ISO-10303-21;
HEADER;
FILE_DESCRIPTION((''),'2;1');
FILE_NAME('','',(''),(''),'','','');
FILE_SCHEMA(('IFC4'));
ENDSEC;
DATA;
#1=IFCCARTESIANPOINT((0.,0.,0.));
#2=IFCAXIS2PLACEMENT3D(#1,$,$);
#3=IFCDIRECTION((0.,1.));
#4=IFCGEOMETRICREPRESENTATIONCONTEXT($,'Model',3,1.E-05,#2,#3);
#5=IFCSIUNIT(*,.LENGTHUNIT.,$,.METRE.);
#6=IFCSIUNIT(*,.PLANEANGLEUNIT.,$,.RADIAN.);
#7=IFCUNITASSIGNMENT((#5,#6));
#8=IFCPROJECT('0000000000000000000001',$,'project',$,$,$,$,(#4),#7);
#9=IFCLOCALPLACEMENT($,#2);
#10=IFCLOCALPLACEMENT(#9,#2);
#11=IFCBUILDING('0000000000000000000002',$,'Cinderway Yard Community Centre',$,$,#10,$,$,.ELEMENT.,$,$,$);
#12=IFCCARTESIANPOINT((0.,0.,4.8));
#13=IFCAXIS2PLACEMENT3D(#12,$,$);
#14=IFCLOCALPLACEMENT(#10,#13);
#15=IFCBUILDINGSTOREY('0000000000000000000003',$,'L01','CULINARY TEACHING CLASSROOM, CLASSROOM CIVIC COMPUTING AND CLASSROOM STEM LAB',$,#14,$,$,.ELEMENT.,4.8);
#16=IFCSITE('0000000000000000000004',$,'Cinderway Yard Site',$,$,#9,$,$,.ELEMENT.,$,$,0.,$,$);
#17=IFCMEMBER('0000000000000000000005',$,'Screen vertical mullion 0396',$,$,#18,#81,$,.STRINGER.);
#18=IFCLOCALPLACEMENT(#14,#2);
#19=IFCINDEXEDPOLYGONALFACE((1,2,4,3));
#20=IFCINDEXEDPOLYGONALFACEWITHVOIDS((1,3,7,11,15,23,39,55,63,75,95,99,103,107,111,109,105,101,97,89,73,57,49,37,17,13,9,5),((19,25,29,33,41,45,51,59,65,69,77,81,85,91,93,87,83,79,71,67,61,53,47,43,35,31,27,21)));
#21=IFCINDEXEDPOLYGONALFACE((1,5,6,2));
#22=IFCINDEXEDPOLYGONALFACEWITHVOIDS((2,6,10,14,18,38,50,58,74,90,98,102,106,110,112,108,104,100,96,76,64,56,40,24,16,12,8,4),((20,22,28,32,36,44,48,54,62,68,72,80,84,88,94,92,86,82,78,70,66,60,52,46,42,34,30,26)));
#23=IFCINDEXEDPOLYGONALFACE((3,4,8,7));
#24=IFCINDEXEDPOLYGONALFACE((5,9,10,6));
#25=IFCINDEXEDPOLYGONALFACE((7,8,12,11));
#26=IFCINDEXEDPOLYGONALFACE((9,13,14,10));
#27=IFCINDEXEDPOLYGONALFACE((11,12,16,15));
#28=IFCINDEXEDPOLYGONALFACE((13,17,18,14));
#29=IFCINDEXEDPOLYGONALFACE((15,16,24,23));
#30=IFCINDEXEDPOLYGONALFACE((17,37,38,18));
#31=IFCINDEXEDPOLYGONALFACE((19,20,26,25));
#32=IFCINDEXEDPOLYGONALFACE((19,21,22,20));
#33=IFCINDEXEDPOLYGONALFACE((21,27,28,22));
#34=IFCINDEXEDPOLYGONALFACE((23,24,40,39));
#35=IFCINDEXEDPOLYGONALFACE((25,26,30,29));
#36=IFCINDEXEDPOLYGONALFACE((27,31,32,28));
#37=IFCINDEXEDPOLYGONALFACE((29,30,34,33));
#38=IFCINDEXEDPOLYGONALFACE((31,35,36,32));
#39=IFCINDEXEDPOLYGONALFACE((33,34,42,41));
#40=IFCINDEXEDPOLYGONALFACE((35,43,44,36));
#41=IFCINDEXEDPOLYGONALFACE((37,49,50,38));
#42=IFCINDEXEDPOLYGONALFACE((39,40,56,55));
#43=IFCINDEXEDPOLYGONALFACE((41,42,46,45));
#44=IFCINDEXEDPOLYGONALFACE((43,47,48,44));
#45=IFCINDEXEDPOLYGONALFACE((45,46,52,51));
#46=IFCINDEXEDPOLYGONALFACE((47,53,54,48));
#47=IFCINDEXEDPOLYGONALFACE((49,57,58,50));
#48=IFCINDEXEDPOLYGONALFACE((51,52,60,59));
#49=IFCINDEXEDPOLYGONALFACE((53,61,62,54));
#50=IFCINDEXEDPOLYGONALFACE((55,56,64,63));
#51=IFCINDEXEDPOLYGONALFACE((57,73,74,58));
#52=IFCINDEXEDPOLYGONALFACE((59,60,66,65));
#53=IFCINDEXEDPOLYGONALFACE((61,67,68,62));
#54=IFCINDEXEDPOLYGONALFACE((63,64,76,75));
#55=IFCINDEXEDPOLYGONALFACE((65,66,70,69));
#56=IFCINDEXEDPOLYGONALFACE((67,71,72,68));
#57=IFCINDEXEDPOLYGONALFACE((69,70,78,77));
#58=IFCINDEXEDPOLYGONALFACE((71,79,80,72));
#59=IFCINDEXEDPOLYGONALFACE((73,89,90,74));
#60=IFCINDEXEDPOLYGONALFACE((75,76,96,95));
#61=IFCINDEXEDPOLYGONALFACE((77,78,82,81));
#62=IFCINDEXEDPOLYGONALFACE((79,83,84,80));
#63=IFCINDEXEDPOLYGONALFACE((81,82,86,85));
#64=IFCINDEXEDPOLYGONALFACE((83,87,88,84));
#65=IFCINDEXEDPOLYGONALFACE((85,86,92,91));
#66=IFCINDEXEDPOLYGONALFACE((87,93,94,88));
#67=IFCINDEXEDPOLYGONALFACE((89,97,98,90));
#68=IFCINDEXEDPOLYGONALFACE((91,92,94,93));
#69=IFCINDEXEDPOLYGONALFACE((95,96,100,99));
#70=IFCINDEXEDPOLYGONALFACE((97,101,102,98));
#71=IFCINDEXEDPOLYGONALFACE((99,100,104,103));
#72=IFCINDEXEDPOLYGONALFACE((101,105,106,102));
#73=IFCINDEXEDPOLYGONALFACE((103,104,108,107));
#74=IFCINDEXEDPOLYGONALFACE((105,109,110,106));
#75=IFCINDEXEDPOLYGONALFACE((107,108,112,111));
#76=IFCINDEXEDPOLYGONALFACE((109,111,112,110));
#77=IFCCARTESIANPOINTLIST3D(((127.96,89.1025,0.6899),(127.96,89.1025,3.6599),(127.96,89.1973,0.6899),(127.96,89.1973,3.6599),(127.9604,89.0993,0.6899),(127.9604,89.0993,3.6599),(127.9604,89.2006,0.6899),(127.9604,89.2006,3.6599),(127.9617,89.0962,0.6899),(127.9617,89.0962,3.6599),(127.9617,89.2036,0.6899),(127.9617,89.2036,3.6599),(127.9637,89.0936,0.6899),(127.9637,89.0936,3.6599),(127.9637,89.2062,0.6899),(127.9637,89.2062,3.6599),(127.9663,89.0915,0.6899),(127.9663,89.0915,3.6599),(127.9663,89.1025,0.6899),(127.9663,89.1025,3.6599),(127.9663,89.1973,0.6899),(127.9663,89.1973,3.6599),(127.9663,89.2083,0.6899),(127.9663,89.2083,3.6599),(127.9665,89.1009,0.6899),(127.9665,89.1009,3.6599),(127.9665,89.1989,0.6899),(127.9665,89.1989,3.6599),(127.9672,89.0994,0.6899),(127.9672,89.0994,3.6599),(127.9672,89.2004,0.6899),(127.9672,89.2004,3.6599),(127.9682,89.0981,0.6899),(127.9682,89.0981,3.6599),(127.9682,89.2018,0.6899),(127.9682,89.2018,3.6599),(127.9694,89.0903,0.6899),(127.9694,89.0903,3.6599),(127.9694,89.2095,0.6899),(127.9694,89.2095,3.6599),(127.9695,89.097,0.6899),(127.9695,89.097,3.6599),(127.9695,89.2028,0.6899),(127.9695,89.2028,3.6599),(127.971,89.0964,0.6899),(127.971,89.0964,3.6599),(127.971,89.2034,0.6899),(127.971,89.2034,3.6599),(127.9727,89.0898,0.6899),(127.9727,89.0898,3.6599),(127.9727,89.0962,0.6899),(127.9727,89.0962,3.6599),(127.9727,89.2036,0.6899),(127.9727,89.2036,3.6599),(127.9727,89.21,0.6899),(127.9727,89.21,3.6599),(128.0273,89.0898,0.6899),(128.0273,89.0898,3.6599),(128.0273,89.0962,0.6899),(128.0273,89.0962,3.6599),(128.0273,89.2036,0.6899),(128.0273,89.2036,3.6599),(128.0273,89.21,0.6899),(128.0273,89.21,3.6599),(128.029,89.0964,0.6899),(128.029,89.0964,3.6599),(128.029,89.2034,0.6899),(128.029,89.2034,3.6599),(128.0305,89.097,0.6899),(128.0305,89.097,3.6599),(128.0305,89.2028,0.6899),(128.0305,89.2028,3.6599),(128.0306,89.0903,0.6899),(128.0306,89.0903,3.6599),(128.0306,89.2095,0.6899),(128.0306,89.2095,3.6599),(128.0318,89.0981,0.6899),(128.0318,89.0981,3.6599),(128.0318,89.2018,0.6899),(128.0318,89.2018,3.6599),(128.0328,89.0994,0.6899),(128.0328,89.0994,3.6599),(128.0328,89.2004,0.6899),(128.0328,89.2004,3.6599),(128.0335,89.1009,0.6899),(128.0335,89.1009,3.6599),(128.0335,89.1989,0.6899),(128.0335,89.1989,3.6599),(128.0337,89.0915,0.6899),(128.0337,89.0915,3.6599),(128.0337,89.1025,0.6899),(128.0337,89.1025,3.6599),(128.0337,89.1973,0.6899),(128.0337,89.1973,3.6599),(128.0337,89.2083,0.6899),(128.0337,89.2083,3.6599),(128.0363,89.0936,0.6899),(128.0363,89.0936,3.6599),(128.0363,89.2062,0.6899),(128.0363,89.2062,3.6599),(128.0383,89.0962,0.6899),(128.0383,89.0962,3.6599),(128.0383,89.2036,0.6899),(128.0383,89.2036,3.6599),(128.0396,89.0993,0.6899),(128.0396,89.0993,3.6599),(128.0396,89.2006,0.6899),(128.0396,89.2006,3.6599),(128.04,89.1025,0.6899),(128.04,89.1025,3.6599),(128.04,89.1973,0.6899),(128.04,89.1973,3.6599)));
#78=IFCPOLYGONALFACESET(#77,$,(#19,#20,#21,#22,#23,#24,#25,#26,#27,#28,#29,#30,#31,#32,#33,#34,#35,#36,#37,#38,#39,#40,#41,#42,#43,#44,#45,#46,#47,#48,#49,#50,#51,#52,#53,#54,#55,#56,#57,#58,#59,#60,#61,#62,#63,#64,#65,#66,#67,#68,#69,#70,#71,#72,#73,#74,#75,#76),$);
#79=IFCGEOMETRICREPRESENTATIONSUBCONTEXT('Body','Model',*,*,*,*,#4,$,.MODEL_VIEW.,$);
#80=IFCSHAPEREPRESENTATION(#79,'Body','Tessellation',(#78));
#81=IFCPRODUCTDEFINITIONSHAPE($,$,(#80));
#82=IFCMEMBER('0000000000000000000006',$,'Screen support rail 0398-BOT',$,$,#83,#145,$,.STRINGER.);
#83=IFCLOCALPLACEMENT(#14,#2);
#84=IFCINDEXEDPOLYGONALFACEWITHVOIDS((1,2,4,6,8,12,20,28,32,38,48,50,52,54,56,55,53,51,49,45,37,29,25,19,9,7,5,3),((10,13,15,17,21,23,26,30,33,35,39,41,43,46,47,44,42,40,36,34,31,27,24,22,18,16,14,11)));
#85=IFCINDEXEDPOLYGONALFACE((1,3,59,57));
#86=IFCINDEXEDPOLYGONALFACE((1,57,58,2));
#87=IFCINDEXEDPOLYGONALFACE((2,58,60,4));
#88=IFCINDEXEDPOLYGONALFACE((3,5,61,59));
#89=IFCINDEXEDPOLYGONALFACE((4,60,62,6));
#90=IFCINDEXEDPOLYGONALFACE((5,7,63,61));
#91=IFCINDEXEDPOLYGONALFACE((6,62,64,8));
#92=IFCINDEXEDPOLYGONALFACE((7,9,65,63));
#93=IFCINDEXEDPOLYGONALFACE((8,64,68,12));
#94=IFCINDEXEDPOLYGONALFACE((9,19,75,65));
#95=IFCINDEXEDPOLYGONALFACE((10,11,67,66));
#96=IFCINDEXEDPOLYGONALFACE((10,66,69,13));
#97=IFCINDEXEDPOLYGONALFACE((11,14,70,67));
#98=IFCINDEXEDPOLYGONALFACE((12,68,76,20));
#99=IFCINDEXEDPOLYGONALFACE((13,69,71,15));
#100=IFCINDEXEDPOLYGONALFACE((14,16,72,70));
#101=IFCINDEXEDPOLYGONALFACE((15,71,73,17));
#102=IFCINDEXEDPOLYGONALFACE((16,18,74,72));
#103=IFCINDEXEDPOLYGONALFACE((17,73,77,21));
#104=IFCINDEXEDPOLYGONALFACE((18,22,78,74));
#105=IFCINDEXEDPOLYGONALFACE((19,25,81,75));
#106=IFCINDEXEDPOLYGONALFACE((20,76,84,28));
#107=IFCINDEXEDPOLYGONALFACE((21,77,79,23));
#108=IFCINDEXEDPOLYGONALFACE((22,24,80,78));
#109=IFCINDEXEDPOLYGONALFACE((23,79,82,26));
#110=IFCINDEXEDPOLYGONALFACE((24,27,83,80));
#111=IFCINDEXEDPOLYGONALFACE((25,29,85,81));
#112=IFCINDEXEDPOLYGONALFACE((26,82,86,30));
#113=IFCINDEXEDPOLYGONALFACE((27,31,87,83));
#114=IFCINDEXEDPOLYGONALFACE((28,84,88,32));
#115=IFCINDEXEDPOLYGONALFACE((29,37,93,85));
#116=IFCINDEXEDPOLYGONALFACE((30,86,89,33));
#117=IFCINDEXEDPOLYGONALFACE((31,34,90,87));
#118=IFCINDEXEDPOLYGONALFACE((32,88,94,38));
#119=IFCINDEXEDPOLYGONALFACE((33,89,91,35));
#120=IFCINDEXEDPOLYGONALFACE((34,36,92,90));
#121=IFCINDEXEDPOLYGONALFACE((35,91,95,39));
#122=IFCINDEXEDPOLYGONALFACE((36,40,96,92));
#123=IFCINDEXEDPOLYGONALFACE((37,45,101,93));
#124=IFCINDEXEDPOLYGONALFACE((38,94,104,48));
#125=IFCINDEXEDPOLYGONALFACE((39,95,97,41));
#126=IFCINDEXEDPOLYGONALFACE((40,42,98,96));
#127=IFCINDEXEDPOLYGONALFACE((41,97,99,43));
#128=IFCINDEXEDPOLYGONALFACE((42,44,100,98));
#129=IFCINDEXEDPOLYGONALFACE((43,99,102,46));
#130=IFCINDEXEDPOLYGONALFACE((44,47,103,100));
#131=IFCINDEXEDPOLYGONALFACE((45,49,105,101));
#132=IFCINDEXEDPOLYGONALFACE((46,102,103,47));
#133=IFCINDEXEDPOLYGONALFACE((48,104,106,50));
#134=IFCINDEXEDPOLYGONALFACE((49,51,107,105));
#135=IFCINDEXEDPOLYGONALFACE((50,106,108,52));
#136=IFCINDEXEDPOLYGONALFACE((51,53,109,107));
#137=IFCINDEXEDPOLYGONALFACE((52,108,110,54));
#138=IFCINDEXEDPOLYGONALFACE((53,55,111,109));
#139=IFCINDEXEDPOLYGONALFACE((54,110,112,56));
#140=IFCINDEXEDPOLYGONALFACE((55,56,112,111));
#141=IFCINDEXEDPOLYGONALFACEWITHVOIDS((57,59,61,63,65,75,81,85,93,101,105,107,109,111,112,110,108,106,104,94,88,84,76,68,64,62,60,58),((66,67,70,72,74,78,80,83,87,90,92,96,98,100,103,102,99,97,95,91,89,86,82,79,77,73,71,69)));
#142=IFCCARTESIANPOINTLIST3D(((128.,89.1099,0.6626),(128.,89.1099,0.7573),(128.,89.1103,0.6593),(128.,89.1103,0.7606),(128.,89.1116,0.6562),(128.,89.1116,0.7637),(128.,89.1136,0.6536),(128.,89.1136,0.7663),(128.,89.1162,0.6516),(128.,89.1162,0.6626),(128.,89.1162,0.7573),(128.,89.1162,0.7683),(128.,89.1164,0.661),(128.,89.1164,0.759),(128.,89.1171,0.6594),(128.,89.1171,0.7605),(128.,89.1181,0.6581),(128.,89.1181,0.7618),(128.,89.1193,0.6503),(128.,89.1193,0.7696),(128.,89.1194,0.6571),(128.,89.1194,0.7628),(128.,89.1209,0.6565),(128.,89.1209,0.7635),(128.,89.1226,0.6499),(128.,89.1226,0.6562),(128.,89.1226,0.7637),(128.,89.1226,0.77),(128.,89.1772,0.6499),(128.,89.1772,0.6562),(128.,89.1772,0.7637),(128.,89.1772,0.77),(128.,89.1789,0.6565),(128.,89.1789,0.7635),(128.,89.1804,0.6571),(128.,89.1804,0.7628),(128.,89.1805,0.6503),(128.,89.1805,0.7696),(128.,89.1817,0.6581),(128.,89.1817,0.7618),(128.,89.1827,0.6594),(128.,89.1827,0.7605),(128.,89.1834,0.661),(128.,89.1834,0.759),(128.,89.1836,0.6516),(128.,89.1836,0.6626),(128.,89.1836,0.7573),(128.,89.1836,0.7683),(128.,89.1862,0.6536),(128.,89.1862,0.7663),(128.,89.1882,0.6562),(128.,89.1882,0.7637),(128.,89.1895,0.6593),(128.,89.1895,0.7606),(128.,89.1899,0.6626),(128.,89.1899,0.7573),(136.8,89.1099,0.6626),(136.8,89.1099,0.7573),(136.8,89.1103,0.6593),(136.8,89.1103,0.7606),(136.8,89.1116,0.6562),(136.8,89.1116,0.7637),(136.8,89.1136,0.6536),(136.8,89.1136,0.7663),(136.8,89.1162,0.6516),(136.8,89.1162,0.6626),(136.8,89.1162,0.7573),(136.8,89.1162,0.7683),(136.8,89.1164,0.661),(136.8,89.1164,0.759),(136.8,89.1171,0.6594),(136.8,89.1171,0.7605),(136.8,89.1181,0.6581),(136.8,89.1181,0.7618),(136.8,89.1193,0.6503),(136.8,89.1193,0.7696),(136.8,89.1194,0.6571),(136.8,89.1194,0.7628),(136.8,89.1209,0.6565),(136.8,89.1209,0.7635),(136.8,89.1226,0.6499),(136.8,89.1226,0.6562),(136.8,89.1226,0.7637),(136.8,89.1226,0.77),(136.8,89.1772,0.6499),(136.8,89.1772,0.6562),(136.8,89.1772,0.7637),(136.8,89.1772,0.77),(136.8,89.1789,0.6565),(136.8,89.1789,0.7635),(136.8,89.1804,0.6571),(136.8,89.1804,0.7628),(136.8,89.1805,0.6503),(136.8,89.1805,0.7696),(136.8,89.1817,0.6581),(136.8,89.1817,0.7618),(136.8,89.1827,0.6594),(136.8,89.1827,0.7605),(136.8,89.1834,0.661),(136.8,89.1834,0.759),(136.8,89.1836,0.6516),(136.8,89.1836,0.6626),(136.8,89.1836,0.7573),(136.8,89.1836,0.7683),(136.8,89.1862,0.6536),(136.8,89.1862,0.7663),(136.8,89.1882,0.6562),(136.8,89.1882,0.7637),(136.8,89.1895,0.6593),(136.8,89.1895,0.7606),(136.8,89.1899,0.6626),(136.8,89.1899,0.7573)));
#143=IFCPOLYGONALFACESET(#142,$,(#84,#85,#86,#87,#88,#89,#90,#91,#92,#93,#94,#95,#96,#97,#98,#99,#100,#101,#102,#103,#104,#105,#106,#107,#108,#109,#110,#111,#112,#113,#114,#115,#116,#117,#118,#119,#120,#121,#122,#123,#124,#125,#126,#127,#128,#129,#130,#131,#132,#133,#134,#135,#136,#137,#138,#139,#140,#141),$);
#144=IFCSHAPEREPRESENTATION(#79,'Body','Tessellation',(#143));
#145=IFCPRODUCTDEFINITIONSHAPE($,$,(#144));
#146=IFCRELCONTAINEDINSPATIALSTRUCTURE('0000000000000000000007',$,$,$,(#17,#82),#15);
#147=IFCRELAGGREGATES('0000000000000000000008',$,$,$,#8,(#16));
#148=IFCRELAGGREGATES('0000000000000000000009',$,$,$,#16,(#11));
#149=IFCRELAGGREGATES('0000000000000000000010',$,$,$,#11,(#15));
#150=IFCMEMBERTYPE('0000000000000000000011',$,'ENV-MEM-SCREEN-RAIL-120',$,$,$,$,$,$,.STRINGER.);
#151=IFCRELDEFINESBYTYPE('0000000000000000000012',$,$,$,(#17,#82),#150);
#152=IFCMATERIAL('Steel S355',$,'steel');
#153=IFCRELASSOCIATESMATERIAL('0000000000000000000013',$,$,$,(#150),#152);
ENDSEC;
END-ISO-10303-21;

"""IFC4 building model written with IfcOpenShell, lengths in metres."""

from ifc_helpers import new_model, si_unit, direction, frame, origin, origin_2d, place, context, subcontext, project, spatial, hollow_rectangle, extrude, material, material_profile, profile_set, type_object, element, save


model = new_model("IFC4")

# Units and contexts
model_context = context("Model", 3, precision=1e-05, world=origin(), true_north=direction((0.0, 1.0)))
body_context = subcontext(model_context, "Body", "Model", "MODEL_VIEW")
ifc_project = project(units=[si_unit("LENGTHUNIT", "METRE"), si_unit("PLANEANGLEUNIT", "RADIAN")], contexts=[model_context])

# Site, building, storey
site_placement = place(None, origin())
site = spatial("IfcSite", under=ifc_project, at=site_placement, Name="Cinderway Yard Site", CompositionType="ELEMENT", RefElevation=0.0)
building_placement = place(site_placement, origin())
building = spatial("IfcBuilding", under=site, at=building_placement, Name="Cinderway Yard Community Centre", CompositionType="ELEMENT")
storey_placement = place(building_placement, frame((0.0, 0.0, 4.8)))
storey = spatial("IfcBuildingStorey", under=building, at=storey_placement, Name="L01", Description="CULINARY TEACHING CLASSROOM, CLASSROOM CIVIC COMPUTING AND CLASSROOM STEM LAB", CompositionType="ELEMENT", Elevation=4.8)

# Members
ifc_material_1 = material(Name="Steel S355", Category="steel")
ifc_material_profile_1 = material_profile(ifc_material_1, hollow_rectangle(XDim=0.0801, YDim=0.1201, WallThickness=0.0063, InnerFilletRadius=0.0063, OuterFilletRadius=0.0127, at=origin_2d()), Name="Steel S355")
ifc_profile_set_1 = profile_set([ifc_material_profile_1], Name="Steel S355")
member_type_1 = type_object("IfcMemberType", Name="ENV-MEM-SCREEN-RAIL-120", PredefinedType="STRINGER", material=ifc_profile_set_1)
for number, where, z_axis, x_axis, name in (
    (1, (128.0, 89.1499, 0.6899), (0.0, 0.0, 1.0), (1.0, 0.0, 0.0), "Screen vertical mullion 0396"),
):
    element("IfcMember", number, at=place(storey_placement, frame(where, z_axis=z_axis, x_axis=x_axis)), inside=storey, type_object=member_type_1, Name=name, PredefinedType="STRINGER", context=body_context, shape_type="SweptSolid", body=[
        extrude(hollow_rectangle(XDim=0.0801, YDim=0.1201, WallThickness=0.0063, InnerFilletRadius=0.0063, OuterFilletRadius=0.0127, at=origin_2d()), origin(), (0.0, 0.0, 1.0), 2.97),
    ])
for number, where, z_axis, x_axis, name in (
    (2, (128.0, 89.1499, 0.71), (1.0, 0.0, 0.0), (0.0, 1.0, 0.0), "Screen support rail 0398-BOT"),
):
    element("IfcMember", number, at=place(storey_placement, frame(where, z_axis=z_axis, x_axis=x_axis)), inside=storey, type_object=member_type_1, Name=name, PredefinedType="STRINGER", context=body_context, shape_type="SweptSolid", body=[
        extrude(hollow_rectangle(XDim=0.0801, YDim=0.1201, WallThickness=0.0063, InnerFilletRadius=0.0063, OuterFilletRadius=0.0127, at=origin_2d()), origin(), (0.0, 0.0, 1.0), 8.8),
    ])

save(model, "model.ifc")
